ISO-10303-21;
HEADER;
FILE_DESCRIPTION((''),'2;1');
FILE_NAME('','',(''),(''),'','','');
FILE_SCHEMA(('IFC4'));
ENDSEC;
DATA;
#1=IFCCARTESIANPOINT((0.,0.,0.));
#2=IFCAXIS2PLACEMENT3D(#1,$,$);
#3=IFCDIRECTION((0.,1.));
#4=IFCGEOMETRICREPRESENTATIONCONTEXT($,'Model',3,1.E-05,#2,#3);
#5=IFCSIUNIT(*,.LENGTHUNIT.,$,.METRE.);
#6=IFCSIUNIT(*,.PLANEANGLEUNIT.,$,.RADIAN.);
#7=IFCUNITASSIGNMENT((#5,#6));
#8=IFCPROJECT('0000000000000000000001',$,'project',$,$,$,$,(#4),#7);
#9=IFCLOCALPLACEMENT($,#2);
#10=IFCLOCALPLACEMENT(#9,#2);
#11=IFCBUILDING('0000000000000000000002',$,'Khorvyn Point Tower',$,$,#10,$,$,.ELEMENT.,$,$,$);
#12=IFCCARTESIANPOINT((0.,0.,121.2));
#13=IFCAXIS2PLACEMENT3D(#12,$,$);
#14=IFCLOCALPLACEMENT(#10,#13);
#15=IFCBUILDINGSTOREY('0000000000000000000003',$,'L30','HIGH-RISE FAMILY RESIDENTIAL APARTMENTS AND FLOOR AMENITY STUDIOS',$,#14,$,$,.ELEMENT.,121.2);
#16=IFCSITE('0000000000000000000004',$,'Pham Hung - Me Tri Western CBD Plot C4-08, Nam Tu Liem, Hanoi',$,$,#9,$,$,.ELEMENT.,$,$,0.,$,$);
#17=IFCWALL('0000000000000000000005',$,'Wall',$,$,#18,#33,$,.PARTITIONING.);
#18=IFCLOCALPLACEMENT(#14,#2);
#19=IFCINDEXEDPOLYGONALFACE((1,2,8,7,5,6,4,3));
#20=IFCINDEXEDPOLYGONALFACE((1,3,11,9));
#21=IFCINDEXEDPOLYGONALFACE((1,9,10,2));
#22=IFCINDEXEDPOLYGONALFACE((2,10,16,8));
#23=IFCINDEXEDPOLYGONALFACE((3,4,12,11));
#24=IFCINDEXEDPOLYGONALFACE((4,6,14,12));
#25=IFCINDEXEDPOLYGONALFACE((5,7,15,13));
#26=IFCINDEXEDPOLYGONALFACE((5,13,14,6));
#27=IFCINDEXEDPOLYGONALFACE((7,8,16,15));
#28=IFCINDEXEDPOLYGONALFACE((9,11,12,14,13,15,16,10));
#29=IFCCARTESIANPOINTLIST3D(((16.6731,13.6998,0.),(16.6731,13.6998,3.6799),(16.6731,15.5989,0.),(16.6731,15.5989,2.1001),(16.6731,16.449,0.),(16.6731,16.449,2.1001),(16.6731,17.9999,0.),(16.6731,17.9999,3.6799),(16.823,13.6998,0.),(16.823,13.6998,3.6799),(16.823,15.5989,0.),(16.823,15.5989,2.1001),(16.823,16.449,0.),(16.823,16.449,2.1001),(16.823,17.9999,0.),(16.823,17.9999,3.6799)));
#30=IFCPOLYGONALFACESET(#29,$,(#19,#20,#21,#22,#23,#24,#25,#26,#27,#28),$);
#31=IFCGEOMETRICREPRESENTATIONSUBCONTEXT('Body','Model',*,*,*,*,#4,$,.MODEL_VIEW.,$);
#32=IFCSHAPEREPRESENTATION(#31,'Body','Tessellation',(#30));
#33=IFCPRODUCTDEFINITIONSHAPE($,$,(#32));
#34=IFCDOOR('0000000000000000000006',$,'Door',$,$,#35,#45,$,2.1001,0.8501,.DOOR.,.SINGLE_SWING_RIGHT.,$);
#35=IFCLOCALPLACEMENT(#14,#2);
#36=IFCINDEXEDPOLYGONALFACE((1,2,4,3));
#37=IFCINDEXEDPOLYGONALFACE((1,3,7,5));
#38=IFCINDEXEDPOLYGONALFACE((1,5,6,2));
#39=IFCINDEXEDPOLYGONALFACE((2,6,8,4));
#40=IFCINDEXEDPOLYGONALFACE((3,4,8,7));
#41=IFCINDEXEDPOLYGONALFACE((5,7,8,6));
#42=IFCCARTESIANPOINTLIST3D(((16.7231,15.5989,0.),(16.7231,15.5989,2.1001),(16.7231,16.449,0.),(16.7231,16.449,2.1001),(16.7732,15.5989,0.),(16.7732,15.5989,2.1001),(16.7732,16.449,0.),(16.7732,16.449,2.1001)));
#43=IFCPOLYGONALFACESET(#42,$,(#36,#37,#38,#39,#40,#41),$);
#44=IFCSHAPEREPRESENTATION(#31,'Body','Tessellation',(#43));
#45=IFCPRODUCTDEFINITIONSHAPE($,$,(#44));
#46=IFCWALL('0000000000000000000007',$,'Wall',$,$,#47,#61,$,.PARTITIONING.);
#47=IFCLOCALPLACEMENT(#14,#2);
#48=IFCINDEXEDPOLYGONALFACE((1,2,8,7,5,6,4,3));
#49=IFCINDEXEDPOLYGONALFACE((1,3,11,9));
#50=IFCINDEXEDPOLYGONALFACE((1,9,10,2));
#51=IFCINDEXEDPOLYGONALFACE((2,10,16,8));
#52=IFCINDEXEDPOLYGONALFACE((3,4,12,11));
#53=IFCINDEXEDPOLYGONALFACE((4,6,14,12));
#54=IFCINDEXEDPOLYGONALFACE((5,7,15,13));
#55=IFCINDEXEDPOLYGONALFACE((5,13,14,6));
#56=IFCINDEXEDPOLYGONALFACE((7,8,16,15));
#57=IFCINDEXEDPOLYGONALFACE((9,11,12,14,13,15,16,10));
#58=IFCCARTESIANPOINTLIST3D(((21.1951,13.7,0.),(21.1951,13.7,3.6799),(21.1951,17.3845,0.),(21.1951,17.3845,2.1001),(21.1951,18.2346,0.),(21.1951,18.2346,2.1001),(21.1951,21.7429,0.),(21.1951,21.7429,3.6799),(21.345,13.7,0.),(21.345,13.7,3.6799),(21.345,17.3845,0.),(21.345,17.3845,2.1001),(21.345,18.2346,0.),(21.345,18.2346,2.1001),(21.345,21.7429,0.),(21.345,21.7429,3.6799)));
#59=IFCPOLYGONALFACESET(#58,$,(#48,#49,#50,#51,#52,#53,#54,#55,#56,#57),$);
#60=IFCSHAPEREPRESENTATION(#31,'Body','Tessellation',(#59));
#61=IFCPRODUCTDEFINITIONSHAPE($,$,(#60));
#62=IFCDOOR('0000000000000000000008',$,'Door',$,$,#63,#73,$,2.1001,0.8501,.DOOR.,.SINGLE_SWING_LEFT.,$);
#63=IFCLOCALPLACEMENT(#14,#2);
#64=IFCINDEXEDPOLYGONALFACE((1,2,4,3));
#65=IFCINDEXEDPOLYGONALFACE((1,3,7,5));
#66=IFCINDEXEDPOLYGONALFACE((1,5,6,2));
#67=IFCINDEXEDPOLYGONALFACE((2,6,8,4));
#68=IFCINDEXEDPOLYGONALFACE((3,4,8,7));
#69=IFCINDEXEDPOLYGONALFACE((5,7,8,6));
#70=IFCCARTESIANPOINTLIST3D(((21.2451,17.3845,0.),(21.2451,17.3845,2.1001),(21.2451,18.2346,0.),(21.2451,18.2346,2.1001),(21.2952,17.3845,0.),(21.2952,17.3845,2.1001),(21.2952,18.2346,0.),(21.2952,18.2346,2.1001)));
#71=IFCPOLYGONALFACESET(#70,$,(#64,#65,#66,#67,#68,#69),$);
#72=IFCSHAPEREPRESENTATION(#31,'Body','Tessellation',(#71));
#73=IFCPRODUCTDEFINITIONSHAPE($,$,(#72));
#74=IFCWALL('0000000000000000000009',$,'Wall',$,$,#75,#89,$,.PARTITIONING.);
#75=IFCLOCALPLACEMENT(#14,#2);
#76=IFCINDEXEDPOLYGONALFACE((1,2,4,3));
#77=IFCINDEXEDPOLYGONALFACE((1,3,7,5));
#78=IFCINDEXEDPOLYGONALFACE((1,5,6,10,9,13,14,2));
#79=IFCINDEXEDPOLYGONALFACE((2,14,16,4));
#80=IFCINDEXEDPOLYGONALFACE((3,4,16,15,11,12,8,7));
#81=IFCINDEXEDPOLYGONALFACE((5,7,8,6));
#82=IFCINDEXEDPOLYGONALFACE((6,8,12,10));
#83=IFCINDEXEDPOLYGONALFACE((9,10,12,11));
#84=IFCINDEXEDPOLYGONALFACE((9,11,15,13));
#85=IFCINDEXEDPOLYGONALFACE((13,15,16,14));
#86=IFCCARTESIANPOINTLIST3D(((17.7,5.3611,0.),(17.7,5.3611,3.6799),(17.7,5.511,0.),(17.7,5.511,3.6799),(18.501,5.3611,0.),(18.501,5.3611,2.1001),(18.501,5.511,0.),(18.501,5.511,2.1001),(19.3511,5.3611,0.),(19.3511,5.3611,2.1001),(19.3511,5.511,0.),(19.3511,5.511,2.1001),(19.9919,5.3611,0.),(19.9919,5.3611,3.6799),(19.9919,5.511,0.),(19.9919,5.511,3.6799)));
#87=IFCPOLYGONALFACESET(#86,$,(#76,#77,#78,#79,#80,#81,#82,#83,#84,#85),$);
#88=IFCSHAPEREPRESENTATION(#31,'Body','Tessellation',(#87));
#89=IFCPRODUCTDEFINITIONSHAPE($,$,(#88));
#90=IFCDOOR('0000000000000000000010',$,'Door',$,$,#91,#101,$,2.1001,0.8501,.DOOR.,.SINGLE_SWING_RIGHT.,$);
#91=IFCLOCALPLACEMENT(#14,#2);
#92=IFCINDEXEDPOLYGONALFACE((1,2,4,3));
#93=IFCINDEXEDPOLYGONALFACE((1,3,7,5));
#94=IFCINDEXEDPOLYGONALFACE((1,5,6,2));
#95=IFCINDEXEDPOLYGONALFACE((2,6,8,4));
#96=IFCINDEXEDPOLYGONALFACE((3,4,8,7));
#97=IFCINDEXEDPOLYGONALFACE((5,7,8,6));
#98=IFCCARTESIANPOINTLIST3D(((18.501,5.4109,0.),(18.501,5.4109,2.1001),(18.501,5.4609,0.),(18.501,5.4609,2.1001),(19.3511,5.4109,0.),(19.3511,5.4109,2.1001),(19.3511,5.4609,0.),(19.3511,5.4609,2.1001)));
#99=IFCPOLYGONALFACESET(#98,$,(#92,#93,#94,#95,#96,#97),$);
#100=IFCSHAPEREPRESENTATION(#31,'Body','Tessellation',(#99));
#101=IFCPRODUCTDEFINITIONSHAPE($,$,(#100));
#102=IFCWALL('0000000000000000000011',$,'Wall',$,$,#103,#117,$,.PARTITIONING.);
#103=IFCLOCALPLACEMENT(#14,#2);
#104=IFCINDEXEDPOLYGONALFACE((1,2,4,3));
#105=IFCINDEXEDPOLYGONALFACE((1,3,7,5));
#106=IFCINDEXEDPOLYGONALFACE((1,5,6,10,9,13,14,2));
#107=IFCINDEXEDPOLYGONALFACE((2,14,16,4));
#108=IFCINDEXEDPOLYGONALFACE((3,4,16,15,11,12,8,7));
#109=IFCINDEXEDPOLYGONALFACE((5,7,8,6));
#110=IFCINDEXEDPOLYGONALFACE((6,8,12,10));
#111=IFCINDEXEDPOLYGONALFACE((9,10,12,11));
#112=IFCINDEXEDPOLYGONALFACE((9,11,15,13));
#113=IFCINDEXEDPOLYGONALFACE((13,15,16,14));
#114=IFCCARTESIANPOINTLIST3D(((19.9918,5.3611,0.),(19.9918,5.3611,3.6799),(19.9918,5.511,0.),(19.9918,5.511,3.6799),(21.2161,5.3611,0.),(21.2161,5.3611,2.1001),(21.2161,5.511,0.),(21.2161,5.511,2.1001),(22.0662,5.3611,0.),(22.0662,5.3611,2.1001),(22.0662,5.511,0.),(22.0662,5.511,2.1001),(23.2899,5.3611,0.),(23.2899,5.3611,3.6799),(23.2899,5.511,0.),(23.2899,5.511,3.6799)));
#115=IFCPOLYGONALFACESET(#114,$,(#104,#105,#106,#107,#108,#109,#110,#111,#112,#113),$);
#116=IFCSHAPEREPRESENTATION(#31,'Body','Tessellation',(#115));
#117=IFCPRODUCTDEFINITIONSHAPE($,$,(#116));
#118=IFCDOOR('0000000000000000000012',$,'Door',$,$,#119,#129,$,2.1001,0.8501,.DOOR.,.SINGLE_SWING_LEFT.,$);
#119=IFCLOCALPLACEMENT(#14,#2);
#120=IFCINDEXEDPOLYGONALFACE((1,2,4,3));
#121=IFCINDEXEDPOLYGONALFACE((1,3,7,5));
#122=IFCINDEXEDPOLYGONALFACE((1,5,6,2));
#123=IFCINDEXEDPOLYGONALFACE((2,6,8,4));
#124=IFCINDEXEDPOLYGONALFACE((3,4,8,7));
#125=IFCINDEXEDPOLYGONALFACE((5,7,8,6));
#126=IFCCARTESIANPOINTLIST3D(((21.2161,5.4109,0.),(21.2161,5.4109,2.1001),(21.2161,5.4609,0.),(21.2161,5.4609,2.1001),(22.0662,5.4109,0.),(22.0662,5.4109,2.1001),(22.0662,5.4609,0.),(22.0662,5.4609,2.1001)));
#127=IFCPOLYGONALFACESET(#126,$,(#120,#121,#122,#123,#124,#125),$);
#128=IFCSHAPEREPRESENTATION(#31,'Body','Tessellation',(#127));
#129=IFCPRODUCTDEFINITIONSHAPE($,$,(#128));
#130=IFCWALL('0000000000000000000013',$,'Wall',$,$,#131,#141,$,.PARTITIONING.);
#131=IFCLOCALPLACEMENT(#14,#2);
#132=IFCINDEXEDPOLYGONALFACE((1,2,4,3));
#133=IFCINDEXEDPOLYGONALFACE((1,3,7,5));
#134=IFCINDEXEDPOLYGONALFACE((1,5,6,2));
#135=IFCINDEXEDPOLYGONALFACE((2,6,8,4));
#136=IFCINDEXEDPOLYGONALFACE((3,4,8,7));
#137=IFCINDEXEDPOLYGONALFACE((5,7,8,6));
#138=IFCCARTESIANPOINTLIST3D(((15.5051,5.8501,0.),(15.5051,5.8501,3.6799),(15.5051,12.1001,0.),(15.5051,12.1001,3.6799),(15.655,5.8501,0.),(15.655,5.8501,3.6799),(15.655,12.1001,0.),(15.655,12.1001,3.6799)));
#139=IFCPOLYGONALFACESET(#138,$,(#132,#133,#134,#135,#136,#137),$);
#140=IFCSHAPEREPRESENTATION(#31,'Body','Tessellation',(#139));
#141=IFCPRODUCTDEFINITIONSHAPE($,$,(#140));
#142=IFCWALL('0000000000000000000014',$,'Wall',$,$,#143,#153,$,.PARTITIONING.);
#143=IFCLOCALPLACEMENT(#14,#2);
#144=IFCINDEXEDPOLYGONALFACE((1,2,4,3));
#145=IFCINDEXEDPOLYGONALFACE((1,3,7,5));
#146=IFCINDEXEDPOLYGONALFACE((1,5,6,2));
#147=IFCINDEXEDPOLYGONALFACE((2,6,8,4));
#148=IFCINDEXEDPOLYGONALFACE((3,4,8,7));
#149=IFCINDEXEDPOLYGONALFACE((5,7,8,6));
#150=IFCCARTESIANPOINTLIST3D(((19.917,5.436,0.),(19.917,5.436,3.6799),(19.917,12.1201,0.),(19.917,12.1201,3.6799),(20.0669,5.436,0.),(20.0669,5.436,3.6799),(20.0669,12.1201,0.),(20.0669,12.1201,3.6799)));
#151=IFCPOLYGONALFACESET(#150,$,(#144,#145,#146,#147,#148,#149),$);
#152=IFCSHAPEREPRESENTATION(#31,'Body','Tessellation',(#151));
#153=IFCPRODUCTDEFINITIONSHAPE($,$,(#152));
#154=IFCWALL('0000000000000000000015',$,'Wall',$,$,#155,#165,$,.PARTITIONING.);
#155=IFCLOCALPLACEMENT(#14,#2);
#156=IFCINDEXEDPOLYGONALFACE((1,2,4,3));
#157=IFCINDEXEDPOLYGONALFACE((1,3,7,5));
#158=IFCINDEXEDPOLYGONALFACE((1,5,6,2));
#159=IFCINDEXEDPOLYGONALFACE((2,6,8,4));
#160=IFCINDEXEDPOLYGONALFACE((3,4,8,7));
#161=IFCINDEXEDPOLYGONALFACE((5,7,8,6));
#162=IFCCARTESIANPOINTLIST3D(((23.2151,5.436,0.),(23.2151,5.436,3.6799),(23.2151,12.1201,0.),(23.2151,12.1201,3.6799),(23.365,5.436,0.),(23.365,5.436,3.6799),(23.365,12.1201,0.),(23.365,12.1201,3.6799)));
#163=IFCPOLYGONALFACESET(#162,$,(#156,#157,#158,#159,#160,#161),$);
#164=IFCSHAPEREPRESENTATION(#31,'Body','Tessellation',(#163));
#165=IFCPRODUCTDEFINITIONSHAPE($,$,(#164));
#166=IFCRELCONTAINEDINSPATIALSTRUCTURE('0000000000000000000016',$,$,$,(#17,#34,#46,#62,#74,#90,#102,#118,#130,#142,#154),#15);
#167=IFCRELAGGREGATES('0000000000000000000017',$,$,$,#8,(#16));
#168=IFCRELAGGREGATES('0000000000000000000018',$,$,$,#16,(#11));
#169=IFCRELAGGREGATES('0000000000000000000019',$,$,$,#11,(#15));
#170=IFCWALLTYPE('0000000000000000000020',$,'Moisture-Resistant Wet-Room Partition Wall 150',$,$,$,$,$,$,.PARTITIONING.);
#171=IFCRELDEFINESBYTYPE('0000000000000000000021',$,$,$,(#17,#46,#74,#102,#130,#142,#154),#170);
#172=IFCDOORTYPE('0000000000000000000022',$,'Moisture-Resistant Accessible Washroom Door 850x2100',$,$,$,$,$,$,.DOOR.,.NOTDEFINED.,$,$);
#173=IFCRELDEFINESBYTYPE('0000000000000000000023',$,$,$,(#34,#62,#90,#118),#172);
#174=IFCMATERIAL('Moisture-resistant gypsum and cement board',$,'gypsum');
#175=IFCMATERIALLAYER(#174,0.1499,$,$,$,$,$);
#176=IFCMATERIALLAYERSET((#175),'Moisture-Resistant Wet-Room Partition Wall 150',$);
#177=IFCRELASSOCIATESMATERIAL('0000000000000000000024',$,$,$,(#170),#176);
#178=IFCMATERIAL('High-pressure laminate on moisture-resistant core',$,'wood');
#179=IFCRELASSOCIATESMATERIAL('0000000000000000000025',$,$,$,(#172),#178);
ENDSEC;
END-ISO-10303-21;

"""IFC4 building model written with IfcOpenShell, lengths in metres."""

from ifc_helpers import new_model, si_unit, direction, frame, frame_2d, origin, place, context, subcontext, project, spatial, rectangle, extrude, material, layer, layer_set, type_object, element, fill, save


model = new_model("IFC4")

# Units and contexts
model_context = context("Model", 3, precision=1e-05, world=origin(), true_north=direction((0.0, 1.0)))
body_context = subcontext(model_context, "Body", "Model", "MODEL_VIEW")
ifc_project = project(units=[si_unit("LENGTHUNIT", "METRE"), si_unit("PLANEANGLEUNIT", "RADIAN")], contexts=[model_context])

# Site, building, storey
site_placement = place(None, origin())
site = spatial("IfcSite", under=ifc_project, at=site_placement, Name="Pham Hung - Me Tri Western CBD Plot C4-08, Nam Tu Liem, Hanoi", CompositionType="ELEMENT", RefElevation=0.0)
building_placement = place(site_placement, origin())
building = spatial("IfcBuilding", under=site, at=building_placement, Name="Khorvyn Point Tower", CompositionType="ELEMENT")
storey_placement = place(building_placement, frame((0.0, 0.0, 121.2)))
storey = spatial("IfcBuildingStorey", under=building, at=storey_placement, Name="L30", Description="HIGH-RISE FAMILY RESIDENTIAL APARTMENTS AND FLOOR AMENITY STUDIOS", CompositionType="ELEMENT", Elevation=121.2)

# Walls, openings, doors
ifc_material_1 = material(Name="Moisture-resistant gypsum and cement board", Category="gypsum")
ifc_layer_1 = layer(ifc_material_1, 0.1499)
ifc_layer_set_1 = layer_set([ifc_layer_1], Name="Moisture-Resistant Wet-Room Partition Wall 150")
wall_type_1 = type_object("IfcWallType", Name="Moisture-Resistant Wet-Room Partition Wall 150", PredefinedType="PARTITIONING", material=ifc_layer_set_1)
wall_1_placement = place(storey_placement, frame((16.748, 13.7, 0.0), z_axis=(0.0, 0.0, 1.0), x_axis=(0.0, 1.0, 0.0)))
wall_1 = element("IfcWall", 1, at=wall_1_placement, inside=storey, type_object=wall_type_1, Name="Wall", PredefinedType="PARTITIONING", context=body_context, shape_type="SweptSolid", body=[
    extrude(rectangle(XDim=4.3, YDim=0.1499, at=frame_2d((2.1499, 0.0))), origin(), (0.0, 0.0, 1.0), 3.6799),
])
opening_1_placement = place(wall_1_placement, frame((1.8989, 0.0, 0.0)))
opening_1 = element("IfcOpeningElement", 2, at=opening_1_placement, cuts=wall_1, PredefinedType="OPENING", context=body_context, shape_type="SweptSolid", body=[
    extrude(rectangle(XDim=0.8501, YDim=2.1001, at=frame_2d((0.425, 1.05))), frame((0.0, 0.085, 0.0), z_axis=(0.0, -1.0, 0.0), x_axis=(1.0, 0.0, 0.0)), (0.0, 0.0, 1.0), 0.1699),
])
ifc_material_2 = material(Name="High-pressure laminate on moisture-resistant core", Category="wood")
door_type_1 = type_object("IfcDoorType", Name="Moisture-Resistant Accessible Washroom Door 850x2100", OperationType="NOTDEFINED", PredefinedType="DOOR", material=ifc_material_2)
door_1_placement = place(opening_1_placement, origin())
door_1 = element("IfcDoor", 3, at=door_1_placement, inside=storey, type_object=door_type_1, Name="Door", OperationType="SINGLE_SWING_RIGHT", OverallHeight=2.1001, OverallWidth=0.8501, PredefinedType="DOOR", context=body_context, shape_type="SweptSolid", body=[
    extrude(rectangle(XDim=0.8501, YDim=2.1001, at=frame_2d((0.425, 1.05))), frame((0.0, 0.0249, 0.0), z_axis=(0.0, -1.0, 0.0), x_axis=(1.0, 0.0, 0.0)), (0.0, 0.0, 1.0), 0.05),
])
fill(opening_1, door_1)
wall_2_placement = place(storey_placement, frame((21.27, 13.7, 0.0), z_axis=(0.0, 0.0, 1.0), x_axis=(0.0, 1.0, 0.0)))
wall_2 = element("IfcWall", 4, at=wall_2_placement, inside=storey, type_object=wall_type_1, Name="Wall", PredefinedType="PARTITIONING", context=body_context, shape_type="SweptSolid", body=[
    extrude(rectangle(XDim=8.043, YDim=0.1499, at=frame_2d((4.0215, 0.0))), origin(), (0.0, 0.0, 1.0), 3.6799),
])
opening_2_placement = place(wall_2_placement, frame((3.6846, 0.0, 0.0)))
opening_2 = element("IfcOpeningElement", 5, at=opening_2_placement, cuts=wall_2, PredefinedType="OPENING", context=body_context, shape_type="SweptSolid", body=[
    extrude(rectangle(XDim=0.8501, YDim=2.1001, at=frame_2d((0.425, 1.05))), frame((0.0, 0.085, 0.0), z_axis=(0.0, -1.0, 0.0), x_axis=(1.0, 0.0, 0.0)), (0.0, 0.0, 1.0), 0.1699),
])
door_2_placement = place(opening_2_placement, origin())
door_2 = element("IfcDoor", 6, at=door_2_placement, inside=storey, type_object=door_type_1, Name="Door", OperationType="SINGLE_SWING_LEFT", OverallHeight=2.1001, OverallWidth=0.8501, PredefinedType="DOOR", context=body_context, shape_type="SweptSolid", body=[
    extrude(rectangle(XDim=0.8501, YDim=2.1001, at=frame_2d((0.425, 1.05))), frame((0.0, 0.0249, 0.0), z_axis=(0.0, -1.0, 0.0), x_axis=(1.0, 0.0, 0.0)), (0.0, 0.0, 1.0), 0.05),
])
fill(opening_2, door_2)
wall_3_placement = place(storey_placement, frame((17.7, 5.436, 0.0), z_axis=(0.0, 0.0, 1.0), x_axis=(1.0, 0.0, 0.0)))
wall_3 = element("IfcWall", 7, at=wall_3_placement, inside=storey, type_object=wall_type_1, Name="Wall", PredefinedType="PARTITIONING", context=body_context, shape_type="SweptSolid", body=[
    extrude(rectangle(XDim=2.292, YDim=0.1499, at=frame_2d((1.146, 0.0))), origin(), (0.0, 0.0, 1.0), 3.6799),
])
opening_3_placement = place(wall_3_placement, frame((0.801, 0.0, 0.0)))
opening_3 = element("IfcOpeningElement", 8, at=opening_3_placement, cuts=wall_3, PredefinedType="OPENING", context=body_context, shape_type="SweptSolid", body=[
    extrude(rectangle(XDim=0.8501, YDim=2.1001, at=frame_2d((0.425, 1.05))), frame((0.0, 0.085, 0.0), z_axis=(0.0, -1.0, 0.0), x_axis=(1.0, 0.0, 0.0)), (0.0, 0.0, 1.0), 0.1699),
])
door_3_placement = place(opening_3_placement, origin())
door_3 = element("IfcDoor", 9, at=door_3_placement, inside=storey, type_object=door_type_1, Name="Door", OperationType="SINGLE_SWING_RIGHT", OverallHeight=2.1001, OverallWidth=0.8501, PredefinedType="DOOR", context=body_context, shape_type="SweptSolid", body=[
    extrude(rectangle(XDim=0.8501, YDim=2.1001, at=frame_2d((0.425, 1.05))), frame((0.0, 0.0249, 0.0), z_axis=(0.0, -1.0, 0.0), x_axis=(1.0, 0.0, 0.0)), (0.0, 0.0, 1.0), 0.05),
])
fill(opening_3, door_3)
wall_4_placement = place(storey_placement, frame((19.9919, 5.436, 0.0), z_axis=(0.0, 0.0, 1.0), x_axis=(1.0, 0.0, 0.0)))
wall_4 = element("IfcWall", 10, at=wall_4_placement, inside=storey, type_object=wall_type_1, Name="Wall", PredefinedType="PARTITIONING", context=body_context, shape_type="SweptSolid", body=[
    extrude(rectangle(XDim=3.2981, YDim=0.1499, at=frame_2d((1.6489, 0.0))), origin(), (0.0, 0.0, 1.0), 3.6799),
])
opening_4_placement = place(wall_4_placement, frame((1.2241, 0.0, 0.0)))
opening_4 = element("IfcOpeningElement", 11, at=opening_4_placement, cuts=wall_4, PredefinedType="OPENING", context=body_context, shape_type="SweptSolid", body=[
    extrude(rectangle(XDim=0.8501, YDim=2.1001, at=frame_2d((0.425, 1.05))), frame((0.0, 0.085, 0.0), z_axis=(0.0, -1.0, 0.0), x_axis=(1.0, 0.0, 0.0)), (0.0, 0.0, 1.0), 0.1699),
])
door_4_placement = place(opening_4_placement, origin())
door_4 = element("IfcDoor", 12, at=door_4_placement, inside=storey, type_object=door_type_1, Name="Door", OperationType="SINGLE_SWING_LEFT", OverallHeight=2.1001, OverallWidth=0.8501, PredefinedType="DOOR", context=body_context, shape_type="SweptSolid", body=[
    extrude(rectangle(XDim=0.8501, YDim=2.1001, at=frame_2d((0.425, 1.05))), frame((0.0, 0.0249, 0.0), z_axis=(0.0, -1.0, 0.0), x_axis=(1.0, 0.0, 0.0)), (0.0, 0.0, 1.0), 0.05),
])
fill(opening_4, door_4)

# Walls
wall_5_placement = place(storey_placement, frame((15.5801, 5.8501, 0.0), z_axis=(0.0, 0.0, 1.0), x_axis=(0.0, 1.0, 0.0)))
element("IfcWall", 13, at=wall_5_placement, inside=storey, type_object=wall_type_1, Name="Wall", PredefinedType="PARTITIONING", context=body_context, shape_type="SweptSolid", body=[
    extrude(rectangle(XDim=6.25, YDim=0.1499, at=frame_2d((3.125, 0.0))), origin(), (0.0, 0.0, 1.0), 3.6799),
])
for number, where, z_axis, x_axis, name in (
    (14, (19.9919, 5.436, 0.0), (0.0, 0.0, 1.0), (0.0, 1.0, 0.0), "Wall"),
    (15, (23.29, 5.436, 0.0), (0.0, 0.0, 1.0), (0.0, 1.0, 0.0), "Wall"),
):
    element("IfcWall", number, at=place(storey_placement, frame(where, z_axis=z_axis, x_axis=x_axis)), inside=storey, type_object=wall_type_1, Name=name, PredefinedType="PARTITIONING", context=body_context, shape_type="SweptSolid", body=[
        extrude(rectangle(XDim=6.6841, YDim=0.1499, at=frame_2d((3.342, 0.0))), origin(), (0.0, 0.0, 1.0), 3.6799),
    ])

save(model, "model.ifc")
